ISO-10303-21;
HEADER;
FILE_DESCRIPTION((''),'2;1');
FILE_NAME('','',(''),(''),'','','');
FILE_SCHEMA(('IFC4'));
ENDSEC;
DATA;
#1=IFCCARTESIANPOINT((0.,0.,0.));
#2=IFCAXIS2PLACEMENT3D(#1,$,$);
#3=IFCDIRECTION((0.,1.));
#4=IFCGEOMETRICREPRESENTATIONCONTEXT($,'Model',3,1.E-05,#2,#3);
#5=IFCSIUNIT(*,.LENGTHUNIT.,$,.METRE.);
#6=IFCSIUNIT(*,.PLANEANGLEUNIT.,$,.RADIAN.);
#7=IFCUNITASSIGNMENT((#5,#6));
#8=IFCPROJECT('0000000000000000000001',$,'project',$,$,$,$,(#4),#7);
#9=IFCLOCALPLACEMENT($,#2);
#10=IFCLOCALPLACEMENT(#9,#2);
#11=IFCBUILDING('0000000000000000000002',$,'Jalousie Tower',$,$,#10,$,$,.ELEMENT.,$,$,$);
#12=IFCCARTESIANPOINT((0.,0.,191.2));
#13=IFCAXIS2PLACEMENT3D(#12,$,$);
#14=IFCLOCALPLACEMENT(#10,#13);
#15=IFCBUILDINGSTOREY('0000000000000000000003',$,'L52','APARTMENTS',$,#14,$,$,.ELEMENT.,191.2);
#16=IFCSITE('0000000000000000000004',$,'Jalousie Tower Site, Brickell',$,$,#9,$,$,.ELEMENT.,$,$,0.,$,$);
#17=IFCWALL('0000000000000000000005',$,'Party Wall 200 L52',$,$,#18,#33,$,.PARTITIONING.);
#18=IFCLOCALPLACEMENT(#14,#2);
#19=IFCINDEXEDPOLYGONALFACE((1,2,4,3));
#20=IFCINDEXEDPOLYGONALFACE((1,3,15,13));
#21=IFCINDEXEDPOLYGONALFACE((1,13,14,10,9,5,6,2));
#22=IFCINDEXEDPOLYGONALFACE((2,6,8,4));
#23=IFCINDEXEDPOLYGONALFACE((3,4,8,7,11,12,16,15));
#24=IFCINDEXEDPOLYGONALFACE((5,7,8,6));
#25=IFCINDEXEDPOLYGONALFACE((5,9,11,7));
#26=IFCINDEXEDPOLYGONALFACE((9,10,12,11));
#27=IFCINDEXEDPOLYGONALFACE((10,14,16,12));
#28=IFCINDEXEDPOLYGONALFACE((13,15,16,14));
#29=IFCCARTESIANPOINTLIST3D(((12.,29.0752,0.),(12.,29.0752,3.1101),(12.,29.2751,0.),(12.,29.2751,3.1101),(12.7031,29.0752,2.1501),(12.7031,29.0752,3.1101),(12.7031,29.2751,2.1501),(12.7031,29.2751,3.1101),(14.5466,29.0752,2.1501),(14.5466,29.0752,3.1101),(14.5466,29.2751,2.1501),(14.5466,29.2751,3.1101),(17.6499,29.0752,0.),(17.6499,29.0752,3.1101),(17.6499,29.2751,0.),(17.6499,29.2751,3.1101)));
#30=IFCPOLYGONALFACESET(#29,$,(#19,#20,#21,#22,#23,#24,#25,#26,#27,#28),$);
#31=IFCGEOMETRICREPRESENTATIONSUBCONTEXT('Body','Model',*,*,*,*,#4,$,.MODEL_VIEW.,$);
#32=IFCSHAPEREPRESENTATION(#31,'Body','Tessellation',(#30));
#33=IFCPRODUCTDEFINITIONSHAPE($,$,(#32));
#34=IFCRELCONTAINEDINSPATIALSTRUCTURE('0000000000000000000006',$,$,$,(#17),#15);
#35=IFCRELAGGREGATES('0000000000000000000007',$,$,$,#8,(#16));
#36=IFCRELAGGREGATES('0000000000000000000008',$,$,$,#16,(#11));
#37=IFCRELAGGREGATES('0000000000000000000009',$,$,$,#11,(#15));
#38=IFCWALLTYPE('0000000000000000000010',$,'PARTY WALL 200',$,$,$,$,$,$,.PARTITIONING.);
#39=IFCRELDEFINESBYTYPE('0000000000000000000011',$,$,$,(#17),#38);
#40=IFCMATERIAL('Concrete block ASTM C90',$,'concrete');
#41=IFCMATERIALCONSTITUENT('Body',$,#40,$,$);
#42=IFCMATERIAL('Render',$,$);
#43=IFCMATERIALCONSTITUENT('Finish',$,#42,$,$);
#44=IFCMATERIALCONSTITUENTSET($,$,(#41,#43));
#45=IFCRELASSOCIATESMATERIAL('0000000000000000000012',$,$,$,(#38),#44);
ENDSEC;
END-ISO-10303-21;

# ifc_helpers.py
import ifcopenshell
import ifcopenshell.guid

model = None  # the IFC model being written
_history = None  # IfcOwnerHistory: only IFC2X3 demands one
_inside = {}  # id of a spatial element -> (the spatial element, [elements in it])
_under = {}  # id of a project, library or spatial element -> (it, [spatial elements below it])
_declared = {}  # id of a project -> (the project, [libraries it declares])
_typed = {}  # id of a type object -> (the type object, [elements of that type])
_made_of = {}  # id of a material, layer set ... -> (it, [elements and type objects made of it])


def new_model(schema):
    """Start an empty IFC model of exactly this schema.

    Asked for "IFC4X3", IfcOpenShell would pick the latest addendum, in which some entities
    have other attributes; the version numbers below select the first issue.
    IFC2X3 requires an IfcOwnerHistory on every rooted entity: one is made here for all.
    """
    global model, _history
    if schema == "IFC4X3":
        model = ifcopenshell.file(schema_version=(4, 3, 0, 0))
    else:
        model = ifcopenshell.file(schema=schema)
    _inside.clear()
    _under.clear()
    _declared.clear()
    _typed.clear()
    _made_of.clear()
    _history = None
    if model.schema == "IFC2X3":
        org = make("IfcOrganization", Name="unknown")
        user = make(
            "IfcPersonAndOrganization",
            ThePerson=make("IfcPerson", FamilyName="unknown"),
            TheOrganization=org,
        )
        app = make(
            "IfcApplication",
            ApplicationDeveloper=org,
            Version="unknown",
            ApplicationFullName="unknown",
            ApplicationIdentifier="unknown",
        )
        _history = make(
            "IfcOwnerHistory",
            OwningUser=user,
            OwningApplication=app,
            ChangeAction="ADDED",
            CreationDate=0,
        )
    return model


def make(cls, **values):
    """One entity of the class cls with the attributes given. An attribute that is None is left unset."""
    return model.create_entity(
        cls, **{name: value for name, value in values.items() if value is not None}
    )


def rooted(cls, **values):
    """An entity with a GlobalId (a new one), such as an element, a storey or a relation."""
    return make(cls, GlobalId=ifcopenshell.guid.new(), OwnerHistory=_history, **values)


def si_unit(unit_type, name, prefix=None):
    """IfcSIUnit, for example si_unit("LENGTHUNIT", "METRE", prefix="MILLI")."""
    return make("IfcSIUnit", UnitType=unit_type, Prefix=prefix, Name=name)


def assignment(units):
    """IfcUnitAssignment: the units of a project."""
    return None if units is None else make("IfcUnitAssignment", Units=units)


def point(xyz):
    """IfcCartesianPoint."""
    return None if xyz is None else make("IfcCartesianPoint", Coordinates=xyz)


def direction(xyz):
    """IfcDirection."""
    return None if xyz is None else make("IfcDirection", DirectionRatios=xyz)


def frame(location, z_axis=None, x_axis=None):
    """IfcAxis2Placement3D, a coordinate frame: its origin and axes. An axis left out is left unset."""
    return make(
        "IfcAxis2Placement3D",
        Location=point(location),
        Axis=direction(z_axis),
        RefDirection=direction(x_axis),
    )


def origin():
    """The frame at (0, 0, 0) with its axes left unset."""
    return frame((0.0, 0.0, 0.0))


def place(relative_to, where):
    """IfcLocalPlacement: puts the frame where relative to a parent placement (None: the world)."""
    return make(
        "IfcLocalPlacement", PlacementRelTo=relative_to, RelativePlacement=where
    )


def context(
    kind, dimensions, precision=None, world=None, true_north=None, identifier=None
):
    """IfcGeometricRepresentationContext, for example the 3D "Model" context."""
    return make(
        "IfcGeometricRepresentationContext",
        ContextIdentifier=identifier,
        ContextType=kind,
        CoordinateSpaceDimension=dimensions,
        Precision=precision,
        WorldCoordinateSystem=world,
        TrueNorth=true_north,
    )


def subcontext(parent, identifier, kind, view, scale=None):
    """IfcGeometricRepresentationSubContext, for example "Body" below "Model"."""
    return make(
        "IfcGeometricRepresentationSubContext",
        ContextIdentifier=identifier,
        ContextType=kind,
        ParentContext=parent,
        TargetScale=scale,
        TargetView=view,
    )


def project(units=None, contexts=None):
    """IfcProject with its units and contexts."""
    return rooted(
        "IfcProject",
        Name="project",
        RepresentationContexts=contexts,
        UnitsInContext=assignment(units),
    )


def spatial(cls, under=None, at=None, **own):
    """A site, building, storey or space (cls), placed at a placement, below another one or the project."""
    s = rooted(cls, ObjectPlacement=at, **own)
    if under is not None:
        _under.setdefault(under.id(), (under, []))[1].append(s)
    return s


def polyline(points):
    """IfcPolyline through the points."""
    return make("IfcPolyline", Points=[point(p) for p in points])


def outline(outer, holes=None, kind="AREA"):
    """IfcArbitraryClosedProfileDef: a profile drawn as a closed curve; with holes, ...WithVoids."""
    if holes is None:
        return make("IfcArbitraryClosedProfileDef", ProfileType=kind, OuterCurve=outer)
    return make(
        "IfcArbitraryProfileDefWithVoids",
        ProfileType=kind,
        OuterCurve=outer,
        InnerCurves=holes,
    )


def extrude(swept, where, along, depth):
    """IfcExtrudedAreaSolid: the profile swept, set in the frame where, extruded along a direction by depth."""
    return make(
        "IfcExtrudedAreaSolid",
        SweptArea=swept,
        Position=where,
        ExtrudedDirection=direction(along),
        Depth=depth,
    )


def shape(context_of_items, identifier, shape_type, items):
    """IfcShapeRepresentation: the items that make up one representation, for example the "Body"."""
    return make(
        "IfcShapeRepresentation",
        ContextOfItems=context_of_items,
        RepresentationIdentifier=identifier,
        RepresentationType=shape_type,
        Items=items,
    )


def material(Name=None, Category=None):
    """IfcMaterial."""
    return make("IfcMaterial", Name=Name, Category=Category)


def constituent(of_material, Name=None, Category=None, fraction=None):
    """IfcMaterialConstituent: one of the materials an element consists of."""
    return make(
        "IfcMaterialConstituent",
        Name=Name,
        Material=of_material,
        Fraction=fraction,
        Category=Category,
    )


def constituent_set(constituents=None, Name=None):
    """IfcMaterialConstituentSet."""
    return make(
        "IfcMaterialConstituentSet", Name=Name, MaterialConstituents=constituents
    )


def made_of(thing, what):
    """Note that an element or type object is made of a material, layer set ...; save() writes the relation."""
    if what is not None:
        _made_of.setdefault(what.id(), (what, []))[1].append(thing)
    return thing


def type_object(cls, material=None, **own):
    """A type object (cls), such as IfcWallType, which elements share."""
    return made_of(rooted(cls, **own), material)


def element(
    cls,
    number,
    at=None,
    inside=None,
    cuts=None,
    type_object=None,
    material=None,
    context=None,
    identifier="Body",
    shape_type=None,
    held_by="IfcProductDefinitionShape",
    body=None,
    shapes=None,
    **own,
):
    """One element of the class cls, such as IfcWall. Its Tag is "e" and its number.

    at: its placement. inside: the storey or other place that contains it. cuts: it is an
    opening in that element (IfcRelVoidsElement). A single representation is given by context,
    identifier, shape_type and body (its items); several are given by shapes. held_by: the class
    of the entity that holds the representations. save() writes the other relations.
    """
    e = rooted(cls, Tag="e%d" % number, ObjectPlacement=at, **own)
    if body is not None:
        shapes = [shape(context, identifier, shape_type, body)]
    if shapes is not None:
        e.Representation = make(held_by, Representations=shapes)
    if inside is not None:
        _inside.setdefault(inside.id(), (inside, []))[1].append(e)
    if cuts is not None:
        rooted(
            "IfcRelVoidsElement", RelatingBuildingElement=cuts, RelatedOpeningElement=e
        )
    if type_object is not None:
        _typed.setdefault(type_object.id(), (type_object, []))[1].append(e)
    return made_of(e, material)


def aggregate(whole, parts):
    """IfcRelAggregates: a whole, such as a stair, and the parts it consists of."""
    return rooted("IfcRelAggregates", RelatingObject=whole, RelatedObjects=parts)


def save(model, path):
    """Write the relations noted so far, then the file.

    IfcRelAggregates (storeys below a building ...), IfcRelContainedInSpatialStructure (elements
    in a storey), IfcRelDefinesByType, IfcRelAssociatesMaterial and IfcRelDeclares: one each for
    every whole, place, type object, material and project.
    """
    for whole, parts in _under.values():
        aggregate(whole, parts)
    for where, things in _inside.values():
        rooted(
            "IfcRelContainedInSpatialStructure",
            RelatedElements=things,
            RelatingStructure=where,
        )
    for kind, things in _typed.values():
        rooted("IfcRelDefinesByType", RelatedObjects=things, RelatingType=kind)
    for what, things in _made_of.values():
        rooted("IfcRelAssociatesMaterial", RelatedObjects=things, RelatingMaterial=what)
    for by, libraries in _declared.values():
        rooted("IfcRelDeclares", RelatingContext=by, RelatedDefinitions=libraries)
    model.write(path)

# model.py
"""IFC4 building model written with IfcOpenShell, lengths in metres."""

from ifc_helpers import new_model, si_unit, direction, frame, origin, place, context, subcontext, project, spatial, polyline, outline, extrude, material, constituent, constituent_set, type_object, element, save


model = new_model("IFC4")

# Units and contexts
model_context = context("Model", 3, precision=1e-05, world=origin(), true_north=direction((0.0, 1.0)))
body_context = subcontext(model_context, "Body", "Model", "MODEL_VIEW")
ifc_project = project(units=[si_unit("LENGTHUNIT", "METRE"), si_unit("PLANEANGLEUNIT", "RADIAN")], contexts=[model_context])

# Site, building, storey
site_placement = place(None, origin())
site = spatial("IfcSite", under=ifc_project, at=site_placement, Name="Jalousie Tower Site, Brickell", CompositionType="ELEMENT", RefElevation=0.0)
building_placement = place(site_placement, origin())
building = spatial("IfcBuilding", under=site, at=building_placement, Name="Jalousie Tower", CompositionType="ELEMENT")
storey_placement = place(building_placement, frame((0.0, 0.0, 191.2)))
storey = spatial("IfcBuildingStorey", under=building, at=storey_placement, Name="L52", Description="APARTMENTS", CompositionType="ELEMENT", Elevation=191.2)

# Wall
ifc_material_1 = material(Name="Concrete block ASTM C90", Category="concrete")
ifc_constituent_1 = constituent(ifc_material_1, Name="Body")
ifc_material_2 = material(Name="Render")
ifc_constituent_2 = constituent(ifc_material_2, Name="Finish")
ifc_constituent_set_1 = constituent_set(constituents=[ifc_constituent_1, ifc_constituent_2])
wall_type_1 = type_object("IfcWallType", Name="PARTY WALL 200", PredefinedType="PARTITIONING", material=ifc_constituent_set_1)
wall_1_placement = place(storey_placement, frame((12.0, 29.175, 0.0), z_axis=(0.0, 0.0, 1.0), x_axis=(1.0, 0.0, 0.0)))
element("IfcWall", 1, at=wall_1_placement, inside=storey, type_object=wall_type_1, Name="Party Wall 200 L52", PredefinedType="PARTITIONING", context=body_context, shape_type="SweptSolid", body=[
    extrude(outline(polyline([(0.0, 0.0), (5.6499, 0.0), (5.6499, 3.1101), (2.5466, 3.1101), (2.5466, 2.1501), (0.7031, 2.1501), (0.7031, 3.1101), (0.0, 3.1101), (0.0, 0.0)])), frame((0.0, 0.1001, 0.0), z_axis=(0.0, -1.0, 0.0), x_axis=(1.0, 0.0, 0.0)), (0.0, 0.0, 1.0), 0.2),
])

save(model, "model.ifc")
